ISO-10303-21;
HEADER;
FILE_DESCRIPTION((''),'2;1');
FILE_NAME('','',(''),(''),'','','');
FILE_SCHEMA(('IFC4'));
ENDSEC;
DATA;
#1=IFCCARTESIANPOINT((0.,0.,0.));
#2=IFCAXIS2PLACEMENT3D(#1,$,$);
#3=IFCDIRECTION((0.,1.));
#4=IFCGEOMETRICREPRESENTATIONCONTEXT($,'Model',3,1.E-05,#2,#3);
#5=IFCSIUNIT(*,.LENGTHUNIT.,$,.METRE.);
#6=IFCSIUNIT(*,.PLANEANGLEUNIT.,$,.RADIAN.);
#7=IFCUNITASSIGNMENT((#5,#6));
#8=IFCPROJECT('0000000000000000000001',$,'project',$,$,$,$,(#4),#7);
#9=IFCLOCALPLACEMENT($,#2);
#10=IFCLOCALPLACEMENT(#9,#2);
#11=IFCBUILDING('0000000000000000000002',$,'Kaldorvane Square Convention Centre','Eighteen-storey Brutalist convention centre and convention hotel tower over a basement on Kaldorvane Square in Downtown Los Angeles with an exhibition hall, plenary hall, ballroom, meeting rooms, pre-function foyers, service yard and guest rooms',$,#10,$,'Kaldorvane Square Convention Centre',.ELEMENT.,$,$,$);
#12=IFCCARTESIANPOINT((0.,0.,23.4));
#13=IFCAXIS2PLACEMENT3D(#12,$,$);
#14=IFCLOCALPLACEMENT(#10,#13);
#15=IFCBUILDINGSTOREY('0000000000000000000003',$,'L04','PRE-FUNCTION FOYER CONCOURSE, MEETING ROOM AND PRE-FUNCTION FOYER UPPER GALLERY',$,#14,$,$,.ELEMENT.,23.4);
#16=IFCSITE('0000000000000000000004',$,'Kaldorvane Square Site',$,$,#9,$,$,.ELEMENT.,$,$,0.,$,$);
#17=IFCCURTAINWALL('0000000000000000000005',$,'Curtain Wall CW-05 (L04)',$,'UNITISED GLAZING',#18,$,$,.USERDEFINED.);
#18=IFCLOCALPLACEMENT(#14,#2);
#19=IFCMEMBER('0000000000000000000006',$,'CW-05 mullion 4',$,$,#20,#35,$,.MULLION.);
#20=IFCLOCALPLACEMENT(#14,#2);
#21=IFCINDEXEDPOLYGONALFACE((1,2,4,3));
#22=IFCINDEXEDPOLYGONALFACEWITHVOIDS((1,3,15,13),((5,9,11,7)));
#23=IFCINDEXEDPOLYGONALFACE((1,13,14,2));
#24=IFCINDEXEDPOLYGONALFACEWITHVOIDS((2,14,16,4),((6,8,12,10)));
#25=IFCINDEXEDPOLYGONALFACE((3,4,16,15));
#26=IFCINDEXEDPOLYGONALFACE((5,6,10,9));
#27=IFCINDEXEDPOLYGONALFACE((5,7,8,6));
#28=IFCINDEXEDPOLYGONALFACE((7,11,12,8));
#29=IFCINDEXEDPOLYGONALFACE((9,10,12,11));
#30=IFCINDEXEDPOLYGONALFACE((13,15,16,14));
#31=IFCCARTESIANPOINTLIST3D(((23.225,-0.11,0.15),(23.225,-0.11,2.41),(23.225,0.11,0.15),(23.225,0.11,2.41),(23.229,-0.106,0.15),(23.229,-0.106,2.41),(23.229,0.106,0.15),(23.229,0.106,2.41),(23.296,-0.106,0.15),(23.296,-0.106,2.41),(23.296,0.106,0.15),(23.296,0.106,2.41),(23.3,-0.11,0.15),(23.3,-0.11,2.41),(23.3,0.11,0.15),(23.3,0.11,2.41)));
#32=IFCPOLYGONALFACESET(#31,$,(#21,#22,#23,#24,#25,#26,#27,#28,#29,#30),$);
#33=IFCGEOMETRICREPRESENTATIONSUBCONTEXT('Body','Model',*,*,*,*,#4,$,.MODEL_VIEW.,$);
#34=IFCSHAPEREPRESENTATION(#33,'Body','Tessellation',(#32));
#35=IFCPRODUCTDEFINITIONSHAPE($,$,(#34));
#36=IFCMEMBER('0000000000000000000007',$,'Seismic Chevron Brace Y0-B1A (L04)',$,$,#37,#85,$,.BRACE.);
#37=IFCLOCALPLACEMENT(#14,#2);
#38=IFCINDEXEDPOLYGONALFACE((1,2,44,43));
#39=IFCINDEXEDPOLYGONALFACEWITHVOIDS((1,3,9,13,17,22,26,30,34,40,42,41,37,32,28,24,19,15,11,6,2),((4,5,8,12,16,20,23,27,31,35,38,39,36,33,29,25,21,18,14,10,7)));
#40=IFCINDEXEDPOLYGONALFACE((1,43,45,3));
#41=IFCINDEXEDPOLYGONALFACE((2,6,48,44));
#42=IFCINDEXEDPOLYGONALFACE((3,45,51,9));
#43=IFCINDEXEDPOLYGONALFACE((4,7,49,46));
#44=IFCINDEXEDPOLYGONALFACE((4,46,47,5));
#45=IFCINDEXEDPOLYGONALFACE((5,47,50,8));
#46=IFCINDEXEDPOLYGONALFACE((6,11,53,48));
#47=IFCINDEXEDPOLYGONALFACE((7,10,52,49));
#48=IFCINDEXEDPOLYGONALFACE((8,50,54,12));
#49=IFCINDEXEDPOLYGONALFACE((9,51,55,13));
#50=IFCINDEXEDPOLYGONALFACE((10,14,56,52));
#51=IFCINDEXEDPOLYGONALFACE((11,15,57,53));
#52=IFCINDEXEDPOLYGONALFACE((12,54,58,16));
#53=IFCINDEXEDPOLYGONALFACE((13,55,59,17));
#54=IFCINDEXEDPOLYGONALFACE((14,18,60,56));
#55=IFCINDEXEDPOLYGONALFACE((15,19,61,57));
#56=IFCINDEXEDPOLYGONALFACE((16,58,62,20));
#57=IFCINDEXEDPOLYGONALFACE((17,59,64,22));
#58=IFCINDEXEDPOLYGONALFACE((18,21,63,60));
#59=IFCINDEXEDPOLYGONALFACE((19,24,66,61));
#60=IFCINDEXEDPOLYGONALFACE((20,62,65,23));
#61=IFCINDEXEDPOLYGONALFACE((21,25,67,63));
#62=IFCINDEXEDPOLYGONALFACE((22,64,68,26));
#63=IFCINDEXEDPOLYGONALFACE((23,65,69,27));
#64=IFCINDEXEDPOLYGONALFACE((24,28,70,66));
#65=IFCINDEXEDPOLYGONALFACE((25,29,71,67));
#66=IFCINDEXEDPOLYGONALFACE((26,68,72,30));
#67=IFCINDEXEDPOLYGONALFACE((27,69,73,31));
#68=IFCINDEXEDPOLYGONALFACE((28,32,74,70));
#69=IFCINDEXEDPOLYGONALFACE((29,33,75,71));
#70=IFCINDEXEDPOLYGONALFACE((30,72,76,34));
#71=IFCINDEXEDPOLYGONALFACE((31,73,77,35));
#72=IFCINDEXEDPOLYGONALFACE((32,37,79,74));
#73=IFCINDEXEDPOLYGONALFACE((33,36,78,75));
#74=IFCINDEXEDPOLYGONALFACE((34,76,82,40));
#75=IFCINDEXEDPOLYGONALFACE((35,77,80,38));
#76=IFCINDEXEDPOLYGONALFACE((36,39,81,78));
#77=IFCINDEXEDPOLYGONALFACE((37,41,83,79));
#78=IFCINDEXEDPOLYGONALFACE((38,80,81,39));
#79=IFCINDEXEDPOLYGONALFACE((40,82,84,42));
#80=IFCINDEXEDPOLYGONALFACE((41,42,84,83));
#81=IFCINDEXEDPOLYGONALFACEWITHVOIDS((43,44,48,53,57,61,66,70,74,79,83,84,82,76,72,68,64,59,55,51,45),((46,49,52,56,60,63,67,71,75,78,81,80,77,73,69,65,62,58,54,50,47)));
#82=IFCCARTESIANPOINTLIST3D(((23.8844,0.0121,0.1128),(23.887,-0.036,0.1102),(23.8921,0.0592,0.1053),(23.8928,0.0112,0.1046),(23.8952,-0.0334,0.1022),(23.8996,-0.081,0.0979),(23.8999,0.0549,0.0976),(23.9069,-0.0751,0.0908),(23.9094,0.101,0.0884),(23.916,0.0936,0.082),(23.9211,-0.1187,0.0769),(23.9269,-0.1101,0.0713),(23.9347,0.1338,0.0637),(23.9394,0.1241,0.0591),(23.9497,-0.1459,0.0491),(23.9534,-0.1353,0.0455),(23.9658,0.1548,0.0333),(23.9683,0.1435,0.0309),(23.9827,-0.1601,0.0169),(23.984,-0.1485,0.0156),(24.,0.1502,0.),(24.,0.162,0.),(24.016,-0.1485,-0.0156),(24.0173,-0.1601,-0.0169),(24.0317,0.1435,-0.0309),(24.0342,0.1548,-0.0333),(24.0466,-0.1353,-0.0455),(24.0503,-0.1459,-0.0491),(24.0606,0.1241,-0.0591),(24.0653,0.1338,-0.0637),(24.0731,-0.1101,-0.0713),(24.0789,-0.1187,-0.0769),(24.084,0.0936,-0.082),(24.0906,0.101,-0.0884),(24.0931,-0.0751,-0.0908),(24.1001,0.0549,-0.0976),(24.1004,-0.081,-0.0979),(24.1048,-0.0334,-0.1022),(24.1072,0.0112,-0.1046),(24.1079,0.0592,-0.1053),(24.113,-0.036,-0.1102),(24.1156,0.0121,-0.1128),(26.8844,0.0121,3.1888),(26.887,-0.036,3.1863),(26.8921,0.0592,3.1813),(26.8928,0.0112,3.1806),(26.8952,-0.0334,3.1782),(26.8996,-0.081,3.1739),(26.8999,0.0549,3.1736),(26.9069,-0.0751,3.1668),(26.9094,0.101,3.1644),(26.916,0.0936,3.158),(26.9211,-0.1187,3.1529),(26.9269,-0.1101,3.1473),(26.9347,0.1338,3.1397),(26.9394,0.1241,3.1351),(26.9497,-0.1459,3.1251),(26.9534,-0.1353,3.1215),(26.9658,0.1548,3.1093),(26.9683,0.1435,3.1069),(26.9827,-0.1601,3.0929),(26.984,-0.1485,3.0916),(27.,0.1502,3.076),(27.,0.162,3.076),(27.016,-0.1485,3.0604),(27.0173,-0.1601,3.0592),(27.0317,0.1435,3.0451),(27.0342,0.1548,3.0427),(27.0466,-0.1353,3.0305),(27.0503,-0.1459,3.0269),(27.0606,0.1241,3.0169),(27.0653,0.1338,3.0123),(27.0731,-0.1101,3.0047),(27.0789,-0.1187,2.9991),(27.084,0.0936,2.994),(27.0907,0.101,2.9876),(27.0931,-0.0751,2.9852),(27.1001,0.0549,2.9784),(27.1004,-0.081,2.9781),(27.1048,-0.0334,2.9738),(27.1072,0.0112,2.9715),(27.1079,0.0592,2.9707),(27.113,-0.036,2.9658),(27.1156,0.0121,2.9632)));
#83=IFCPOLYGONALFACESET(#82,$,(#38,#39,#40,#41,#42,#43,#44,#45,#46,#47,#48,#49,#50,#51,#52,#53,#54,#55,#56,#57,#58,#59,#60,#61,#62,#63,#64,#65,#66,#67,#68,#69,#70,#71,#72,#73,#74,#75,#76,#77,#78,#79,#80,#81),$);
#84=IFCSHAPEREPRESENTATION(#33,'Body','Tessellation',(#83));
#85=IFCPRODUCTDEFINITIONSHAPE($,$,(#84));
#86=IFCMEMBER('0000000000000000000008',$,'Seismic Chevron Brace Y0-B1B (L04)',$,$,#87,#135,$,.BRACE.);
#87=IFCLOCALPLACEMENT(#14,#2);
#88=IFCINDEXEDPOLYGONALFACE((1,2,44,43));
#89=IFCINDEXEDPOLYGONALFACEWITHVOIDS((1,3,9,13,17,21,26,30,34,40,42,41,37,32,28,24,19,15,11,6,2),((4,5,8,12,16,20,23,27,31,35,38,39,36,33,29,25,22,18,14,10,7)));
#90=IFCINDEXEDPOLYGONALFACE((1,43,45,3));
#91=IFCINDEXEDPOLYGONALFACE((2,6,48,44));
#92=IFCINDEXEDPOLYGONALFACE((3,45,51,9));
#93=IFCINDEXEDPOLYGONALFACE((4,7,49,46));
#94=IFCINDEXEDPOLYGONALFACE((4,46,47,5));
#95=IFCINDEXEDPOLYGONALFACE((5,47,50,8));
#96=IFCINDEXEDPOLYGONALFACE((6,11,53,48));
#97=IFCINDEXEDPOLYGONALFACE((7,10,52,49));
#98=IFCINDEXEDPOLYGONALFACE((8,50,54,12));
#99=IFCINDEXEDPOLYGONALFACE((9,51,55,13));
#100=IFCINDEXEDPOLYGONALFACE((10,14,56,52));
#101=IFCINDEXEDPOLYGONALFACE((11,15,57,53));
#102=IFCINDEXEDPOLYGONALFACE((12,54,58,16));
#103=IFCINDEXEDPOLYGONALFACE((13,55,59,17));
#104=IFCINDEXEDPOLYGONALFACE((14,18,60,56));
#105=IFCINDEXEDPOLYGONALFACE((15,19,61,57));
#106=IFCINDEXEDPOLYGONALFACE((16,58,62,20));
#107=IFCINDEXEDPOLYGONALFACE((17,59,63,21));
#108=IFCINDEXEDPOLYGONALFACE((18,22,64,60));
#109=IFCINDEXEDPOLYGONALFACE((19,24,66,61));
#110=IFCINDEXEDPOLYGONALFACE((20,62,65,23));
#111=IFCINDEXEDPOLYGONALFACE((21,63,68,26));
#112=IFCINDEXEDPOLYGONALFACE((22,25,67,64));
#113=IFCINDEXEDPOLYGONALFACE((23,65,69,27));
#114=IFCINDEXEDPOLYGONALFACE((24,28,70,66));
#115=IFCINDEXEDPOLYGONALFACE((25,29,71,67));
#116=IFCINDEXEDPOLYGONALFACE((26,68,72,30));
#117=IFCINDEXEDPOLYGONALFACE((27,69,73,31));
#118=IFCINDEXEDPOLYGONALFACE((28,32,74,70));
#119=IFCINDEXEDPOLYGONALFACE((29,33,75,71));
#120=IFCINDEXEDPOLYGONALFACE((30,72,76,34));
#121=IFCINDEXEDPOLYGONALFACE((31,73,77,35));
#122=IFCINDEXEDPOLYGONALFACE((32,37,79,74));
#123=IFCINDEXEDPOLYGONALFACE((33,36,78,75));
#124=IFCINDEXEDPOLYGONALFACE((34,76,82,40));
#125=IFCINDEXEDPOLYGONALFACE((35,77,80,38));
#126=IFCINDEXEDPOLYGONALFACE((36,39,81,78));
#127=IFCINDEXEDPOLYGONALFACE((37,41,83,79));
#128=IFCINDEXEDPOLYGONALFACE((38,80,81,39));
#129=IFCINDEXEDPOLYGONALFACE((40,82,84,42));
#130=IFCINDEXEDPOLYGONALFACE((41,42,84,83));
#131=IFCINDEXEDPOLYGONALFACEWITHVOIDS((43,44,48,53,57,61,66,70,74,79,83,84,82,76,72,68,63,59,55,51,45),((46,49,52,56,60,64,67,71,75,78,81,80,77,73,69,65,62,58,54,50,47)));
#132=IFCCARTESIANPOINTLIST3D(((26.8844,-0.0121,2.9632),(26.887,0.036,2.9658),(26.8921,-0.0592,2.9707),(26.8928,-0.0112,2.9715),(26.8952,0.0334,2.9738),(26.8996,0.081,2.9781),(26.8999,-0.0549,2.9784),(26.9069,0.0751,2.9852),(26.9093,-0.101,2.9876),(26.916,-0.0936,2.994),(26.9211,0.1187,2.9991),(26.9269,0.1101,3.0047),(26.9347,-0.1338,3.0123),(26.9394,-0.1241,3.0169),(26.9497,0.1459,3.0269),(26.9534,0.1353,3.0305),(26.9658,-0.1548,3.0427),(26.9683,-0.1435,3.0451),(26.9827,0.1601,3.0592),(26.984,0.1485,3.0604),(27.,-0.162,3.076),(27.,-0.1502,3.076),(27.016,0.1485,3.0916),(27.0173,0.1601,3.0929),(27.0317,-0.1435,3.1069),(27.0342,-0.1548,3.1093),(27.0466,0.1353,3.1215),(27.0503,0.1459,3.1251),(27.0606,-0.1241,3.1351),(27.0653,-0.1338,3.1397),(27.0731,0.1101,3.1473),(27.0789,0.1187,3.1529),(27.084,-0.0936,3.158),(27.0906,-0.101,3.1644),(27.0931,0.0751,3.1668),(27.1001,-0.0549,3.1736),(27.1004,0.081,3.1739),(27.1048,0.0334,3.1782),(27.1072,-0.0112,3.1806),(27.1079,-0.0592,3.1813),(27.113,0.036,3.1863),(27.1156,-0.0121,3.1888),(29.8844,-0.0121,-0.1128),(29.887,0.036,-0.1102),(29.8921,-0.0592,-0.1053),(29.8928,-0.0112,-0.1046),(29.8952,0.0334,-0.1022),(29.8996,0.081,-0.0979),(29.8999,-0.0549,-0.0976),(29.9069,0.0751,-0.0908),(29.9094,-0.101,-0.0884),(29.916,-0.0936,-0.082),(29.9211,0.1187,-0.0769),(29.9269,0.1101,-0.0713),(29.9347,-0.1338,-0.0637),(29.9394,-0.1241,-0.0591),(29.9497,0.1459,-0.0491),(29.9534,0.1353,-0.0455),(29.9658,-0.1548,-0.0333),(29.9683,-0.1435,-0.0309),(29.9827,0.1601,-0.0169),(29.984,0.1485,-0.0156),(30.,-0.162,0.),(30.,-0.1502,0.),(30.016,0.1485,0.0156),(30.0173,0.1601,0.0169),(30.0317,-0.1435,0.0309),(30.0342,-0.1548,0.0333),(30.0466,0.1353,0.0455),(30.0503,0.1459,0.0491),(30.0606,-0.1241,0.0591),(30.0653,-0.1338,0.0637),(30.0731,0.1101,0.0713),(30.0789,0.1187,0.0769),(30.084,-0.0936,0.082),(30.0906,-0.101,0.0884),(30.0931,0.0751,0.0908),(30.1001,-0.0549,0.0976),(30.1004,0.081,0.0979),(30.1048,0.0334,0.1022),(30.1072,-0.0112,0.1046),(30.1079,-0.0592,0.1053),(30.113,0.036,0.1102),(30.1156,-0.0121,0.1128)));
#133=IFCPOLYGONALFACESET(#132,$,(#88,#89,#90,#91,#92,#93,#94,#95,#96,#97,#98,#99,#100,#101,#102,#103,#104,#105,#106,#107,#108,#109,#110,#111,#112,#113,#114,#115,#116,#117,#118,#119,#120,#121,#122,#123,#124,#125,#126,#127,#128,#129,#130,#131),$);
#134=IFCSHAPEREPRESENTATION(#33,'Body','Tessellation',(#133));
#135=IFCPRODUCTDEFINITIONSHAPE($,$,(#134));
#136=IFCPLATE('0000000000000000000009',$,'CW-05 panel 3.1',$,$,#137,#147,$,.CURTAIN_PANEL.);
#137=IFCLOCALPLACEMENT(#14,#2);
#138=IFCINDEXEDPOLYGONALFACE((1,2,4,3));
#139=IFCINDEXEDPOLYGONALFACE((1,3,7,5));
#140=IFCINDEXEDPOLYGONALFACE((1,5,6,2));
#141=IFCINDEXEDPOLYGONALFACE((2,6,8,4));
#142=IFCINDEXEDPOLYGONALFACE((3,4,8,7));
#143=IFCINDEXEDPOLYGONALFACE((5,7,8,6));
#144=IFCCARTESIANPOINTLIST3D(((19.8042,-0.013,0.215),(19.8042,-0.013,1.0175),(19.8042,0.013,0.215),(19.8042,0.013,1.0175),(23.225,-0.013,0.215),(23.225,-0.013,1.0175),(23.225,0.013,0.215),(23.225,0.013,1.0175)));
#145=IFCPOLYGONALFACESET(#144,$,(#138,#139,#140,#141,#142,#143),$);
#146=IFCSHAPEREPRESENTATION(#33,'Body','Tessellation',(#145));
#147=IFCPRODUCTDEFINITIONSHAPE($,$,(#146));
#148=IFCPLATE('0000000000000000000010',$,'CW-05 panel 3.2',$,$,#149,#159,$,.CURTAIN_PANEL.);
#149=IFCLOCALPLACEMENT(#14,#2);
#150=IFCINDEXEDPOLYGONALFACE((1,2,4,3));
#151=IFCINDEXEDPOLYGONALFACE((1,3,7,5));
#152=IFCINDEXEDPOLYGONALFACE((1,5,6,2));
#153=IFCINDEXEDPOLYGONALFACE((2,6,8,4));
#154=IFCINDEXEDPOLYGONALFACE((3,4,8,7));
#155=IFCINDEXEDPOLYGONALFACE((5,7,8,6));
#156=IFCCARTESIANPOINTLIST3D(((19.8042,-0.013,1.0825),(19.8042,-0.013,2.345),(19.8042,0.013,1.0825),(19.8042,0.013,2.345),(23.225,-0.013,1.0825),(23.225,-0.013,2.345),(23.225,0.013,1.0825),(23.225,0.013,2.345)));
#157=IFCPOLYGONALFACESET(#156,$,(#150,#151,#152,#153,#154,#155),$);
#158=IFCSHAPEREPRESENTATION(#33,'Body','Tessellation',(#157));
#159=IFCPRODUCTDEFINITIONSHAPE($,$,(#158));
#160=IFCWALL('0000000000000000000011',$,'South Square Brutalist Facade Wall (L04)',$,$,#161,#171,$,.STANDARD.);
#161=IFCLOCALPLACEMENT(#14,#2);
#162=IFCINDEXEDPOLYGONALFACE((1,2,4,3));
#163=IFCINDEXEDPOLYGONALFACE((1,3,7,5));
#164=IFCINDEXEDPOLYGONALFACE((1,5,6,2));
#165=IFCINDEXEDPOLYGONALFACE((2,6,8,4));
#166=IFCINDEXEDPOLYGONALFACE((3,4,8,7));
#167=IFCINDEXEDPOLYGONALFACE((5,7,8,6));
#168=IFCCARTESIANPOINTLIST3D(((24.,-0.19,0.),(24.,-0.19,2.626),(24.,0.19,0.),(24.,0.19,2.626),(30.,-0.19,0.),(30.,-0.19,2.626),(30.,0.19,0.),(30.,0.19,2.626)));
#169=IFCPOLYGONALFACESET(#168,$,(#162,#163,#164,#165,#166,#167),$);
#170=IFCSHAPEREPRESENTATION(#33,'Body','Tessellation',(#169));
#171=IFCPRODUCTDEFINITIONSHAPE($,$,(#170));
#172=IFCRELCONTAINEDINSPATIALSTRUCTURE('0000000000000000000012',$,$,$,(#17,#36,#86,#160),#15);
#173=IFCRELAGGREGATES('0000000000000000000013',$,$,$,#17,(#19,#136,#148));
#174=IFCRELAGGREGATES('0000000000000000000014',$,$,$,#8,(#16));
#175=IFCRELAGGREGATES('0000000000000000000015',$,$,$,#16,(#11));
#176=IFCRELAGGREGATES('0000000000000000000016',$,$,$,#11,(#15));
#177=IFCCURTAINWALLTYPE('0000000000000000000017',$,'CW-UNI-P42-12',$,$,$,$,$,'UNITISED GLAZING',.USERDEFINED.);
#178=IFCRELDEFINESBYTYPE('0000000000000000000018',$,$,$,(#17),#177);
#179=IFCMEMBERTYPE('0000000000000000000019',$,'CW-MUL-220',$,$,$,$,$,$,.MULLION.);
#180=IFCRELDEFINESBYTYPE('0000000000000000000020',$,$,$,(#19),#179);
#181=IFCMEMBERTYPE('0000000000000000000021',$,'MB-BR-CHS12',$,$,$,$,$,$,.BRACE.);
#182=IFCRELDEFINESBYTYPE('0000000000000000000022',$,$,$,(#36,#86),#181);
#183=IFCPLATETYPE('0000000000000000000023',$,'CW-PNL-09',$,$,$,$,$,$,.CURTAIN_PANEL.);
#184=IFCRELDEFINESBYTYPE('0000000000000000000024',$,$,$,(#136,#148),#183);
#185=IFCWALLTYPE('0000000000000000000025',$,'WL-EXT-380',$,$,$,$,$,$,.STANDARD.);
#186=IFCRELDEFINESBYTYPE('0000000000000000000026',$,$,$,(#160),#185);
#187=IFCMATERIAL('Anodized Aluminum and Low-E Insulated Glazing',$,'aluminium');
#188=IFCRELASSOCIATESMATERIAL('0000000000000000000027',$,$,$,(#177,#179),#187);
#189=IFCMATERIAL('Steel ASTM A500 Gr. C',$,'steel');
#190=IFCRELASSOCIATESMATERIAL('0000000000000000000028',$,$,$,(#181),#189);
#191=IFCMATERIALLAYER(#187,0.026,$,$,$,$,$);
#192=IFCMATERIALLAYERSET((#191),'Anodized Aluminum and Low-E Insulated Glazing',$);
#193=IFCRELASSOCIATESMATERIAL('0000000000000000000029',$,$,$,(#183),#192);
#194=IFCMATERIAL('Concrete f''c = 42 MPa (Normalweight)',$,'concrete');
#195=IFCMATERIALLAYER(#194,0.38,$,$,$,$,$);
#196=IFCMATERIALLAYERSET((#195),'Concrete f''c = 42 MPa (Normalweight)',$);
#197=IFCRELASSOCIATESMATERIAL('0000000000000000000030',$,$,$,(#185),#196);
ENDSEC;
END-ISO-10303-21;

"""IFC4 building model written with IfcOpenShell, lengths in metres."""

from ifc_helpers import new_model, si_unit, direction, frame, frame_2d, origin, origin_2d, place, context, subcontext, project, spatial, rectangle, hollow_rectangle, hollow_circle, extrude, material, layer, layer_set, material_profile, profile_set, type_object, element, aggregate, save


model = new_model("IFC4")

# Units and contexts
model_context = context("Model", 3, precision=1e-05, world=origin(), true_north=direction((0.0, 1.0)))
body_context = subcontext(model_context, "Body", "Model", "MODEL_VIEW")
ifc_project = project(units=[si_unit("LENGTHUNIT", "METRE"), si_unit("PLANEANGLEUNIT", "RADIAN")], contexts=[model_context])

# Site, building, storey
site_placement = place(None, origin())
site = spatial("IfcSite", under=ifc_project, at=site_placement, Name="Kaldorvane Square Site", CompositionType="ELEMENT", RefElevation=0.0)
building_placement = place(site_placement, origin())
building = spatial("IfcBuilding", under=site, at=building_placement, Name="Kaldorvane Square Convention Centre", Description="Eighteen-storey Brutalist convention centre and convention hotel tower over a basement on Kaldorvane Square in Downtown Los Angeles with an exhibition hall, plenary hall, ballroom, meeting rooms, pre-function foyers, service yard and guest rooms", LongName="Kaldorvane Square Convention Centre", CompositionType="ELEMENT")
storey_placement = place(building_placement, frame((0.0, 0.0, 23.4)))
storey = spatial("IfcBuildingStorey", under=building, at=storey_placement, Name="L04", Description="PRE-FUNCTION FOYER CONCOURSE, MEETING ROOM AND PRE-FUNCTION FOYER UPPER GALLERY", CompositionType="ELEMENT", Elevation=23.4)

# Shared definitions
ifc_material_1 = material(Name="Concrete f'c = 42 MPa (Normalweight)", Category="concrete")

# Curtain wall, member
ifc_material_2 = material(Name="Anodized Aluminum and Low-E Insulated Glazing", Category="aluminium")
curtain_wall_type = type_object("IfcCurtainWallType", Name="CW-UNI-P42-12", ElementType="UNITISED GLAZING", PredefinedType="USERDEFINED", material=ifc_material_2)
curtain_wall_placement = place(storey_placement, origin())
curtain_wall = element("IfcCurtainWall", 1, at=curtain_wall_placement, inside=storey, type_object=curtain_wall_type, Name="Curtain Wall CW-05 (L04)", ObjectType="UNITISED GLAZING", PredefinedType="USERDEFINED")
ifc_material_profile_1 = material_profile(ifc_material_2, hollow_rectangle(XDim=0.075, YDim=0.22, WallThickness=0.004, at=origin_2d()), Name="CWM-220X75")
ifc_profile_set_1 = profile_set([ifc_material_profile_1], Name="Anodized Aluminum and Low-E Insulated Glazing")
member_type_1 = type_object("IfcMemberType", Name="CW-MUL-220", PredefinedType="MULLION", material=ifc_profile_set_1)
member_placement = place(storey_placement, frame((23.2625, 0.0, 0.15), z_axis=(0.0, 0.0, 1.0), x_axis=(1.0, 0.0, 0.0)))
member = element("IfcMember", 2, at=member_placement, type_object=member_type_1, Name="CW-05 mullion 4", PredefinedType="MULLION", context=body_context, shape_type="SweptSolid", body=[
    extrude(hollow_rectangle(XDim=0.075, YDim=0.22, WallThickness=0.004, at=origin_2d()), origin(), (0.0, 0.0, 1.0), 2.26),
])

# Members
ifc_material_3 = material(Name="Steel ASTM A500 Gr. C", Category="steel")
ifc_material_profile_2 = material_profile(ifc_material_3, hollow_circle(Radius=0.162, WallThickness=0.0118, at=origin_2d()), Name="HSS12.750X0.500")
ifc_profile_set_2 = profile_set([ifc_material_profile_2], Name="Steel ASTM A500 Gr. C")
member_type_2 = type_object("IfcMemberType", Name="MB-BR-CHS12", PredefinedType="BRACE", material=ifc_profile_set_2)
for number, where, z_axis, x_axis, name in (
    (3, (24.0, 0.0, 0.0), (0.698207, 0.0, 0.715896), (0.0, 1.0, 0.0), "Seismic Chevron Brace Y0-B1A (L04)"),
    (4, (30.0, 0.0, 0.0), (-0.698207, 0.0, 0.715896), (0.0, -1.0, 0.0), "Seismic Chevron Brace Y0-B1B (L04)"),
):
    element("IfcMember", number, at=place(storey_placement, frame(where, z_axis=z_axis, x_axis=x_axis)), inside=storey, type_object=member_type_2, Name=name, PredefinedType="BRACE", context=body_context, shape_type="SweptSolid", body=[
        extrude(hollow_circle(Radius=0.162, WallThickness=0.0118, at=origin_2d()), origin(), (0.0, 0.0, 1.0), 4.2967),
    ])

# Plates
ifc_layer_1 = layer(ifc_material_2, 0.026)
ifc_layer_set_1 = layer_set([ifc_layer_1], Name="Anodized Aluminum and Low-E Insulated Glazing")
plate_type = type_object("IfcPlateType", Name="CW-PNL-09", PredefinedType="CURTAIN_PANEL", material=ifc_layer_set_1)
plate_1_placement = place(storey_placement, frame((21.5146, 0.0, 0.215), z_axis=(0.0, 0.0, 1.0), x_axis=(1.0, 0.0, 0.0)))
plate_1 = element("IfcPlate", 5, at=plate_1_placement, type_object=plate_type, Name="CW-05 panel 3.1", PredefinedType="CURTAIN_PANEL", context=body_context, shape_type="SweptSolid", body=[
    extrude(rectangle(XDim=3.4208, YDim=0.026, at=origin_2d()), origin(), (0.0, 0.0, 1.0), 0.8025),
])
plate_2_placement = place(storey_placement, frame((21.5146, 0.0, 1.0825), z_axis=(0.0, 0.0, 1.0), x_axis=(1.0, 0.0, 0.0)))
plate_2 = element("IfcPlate", 6, at=plate_2_placement, type_object=plate_type, Name="CW-05 panel 3.2", PredefinedType="CURTAIN_PANEL", context=body_context, shape_type="SweptSolid", body=[
    extrude(rectangle(XDim=3.4208, YDim=0.026, at=origin_2d()), origin(), (0.0, 0.0, 1.0), 1.2625),
])
aggregate(curtain_wall, [member, plate_1, plate_2])

# Wall
ifc_layer_2 = layer(ifc_material_1, 0.38)
ifc_layer_set_2 = layer_set([ifc_layer_2], Name="Concrete f'c = 42 MPa (Normalweight)")
wall_type_1 = type_object("IfcWallType", Name="WL-EXT-380", PredefinedType="STANDARD", material=ifc_layer_set_2)
wall_1_placement = place(storey_placement, frame((24.0, 0.0, 0.0), z_axis=(0.0, 0.0, 1.0), x_axis=(1.0, 0.0, 0.0)))
element("IfcWall", 7, at=wall_1_placement, inside=storey, type_object=wall_type_1, Name="South Square Brutalist Facade Wall (L04)", PredefinedType="STANDARD", context=body_context, shape_type="SweptSolid", body=[
    extrude(rectangle(XDim=6.0, YDim=0.38, at=frame_2d((3.0, 0.0))), origin(), (0.0, 0.0, 1.0), 2.626),
])

save(model, "model.ifc")
